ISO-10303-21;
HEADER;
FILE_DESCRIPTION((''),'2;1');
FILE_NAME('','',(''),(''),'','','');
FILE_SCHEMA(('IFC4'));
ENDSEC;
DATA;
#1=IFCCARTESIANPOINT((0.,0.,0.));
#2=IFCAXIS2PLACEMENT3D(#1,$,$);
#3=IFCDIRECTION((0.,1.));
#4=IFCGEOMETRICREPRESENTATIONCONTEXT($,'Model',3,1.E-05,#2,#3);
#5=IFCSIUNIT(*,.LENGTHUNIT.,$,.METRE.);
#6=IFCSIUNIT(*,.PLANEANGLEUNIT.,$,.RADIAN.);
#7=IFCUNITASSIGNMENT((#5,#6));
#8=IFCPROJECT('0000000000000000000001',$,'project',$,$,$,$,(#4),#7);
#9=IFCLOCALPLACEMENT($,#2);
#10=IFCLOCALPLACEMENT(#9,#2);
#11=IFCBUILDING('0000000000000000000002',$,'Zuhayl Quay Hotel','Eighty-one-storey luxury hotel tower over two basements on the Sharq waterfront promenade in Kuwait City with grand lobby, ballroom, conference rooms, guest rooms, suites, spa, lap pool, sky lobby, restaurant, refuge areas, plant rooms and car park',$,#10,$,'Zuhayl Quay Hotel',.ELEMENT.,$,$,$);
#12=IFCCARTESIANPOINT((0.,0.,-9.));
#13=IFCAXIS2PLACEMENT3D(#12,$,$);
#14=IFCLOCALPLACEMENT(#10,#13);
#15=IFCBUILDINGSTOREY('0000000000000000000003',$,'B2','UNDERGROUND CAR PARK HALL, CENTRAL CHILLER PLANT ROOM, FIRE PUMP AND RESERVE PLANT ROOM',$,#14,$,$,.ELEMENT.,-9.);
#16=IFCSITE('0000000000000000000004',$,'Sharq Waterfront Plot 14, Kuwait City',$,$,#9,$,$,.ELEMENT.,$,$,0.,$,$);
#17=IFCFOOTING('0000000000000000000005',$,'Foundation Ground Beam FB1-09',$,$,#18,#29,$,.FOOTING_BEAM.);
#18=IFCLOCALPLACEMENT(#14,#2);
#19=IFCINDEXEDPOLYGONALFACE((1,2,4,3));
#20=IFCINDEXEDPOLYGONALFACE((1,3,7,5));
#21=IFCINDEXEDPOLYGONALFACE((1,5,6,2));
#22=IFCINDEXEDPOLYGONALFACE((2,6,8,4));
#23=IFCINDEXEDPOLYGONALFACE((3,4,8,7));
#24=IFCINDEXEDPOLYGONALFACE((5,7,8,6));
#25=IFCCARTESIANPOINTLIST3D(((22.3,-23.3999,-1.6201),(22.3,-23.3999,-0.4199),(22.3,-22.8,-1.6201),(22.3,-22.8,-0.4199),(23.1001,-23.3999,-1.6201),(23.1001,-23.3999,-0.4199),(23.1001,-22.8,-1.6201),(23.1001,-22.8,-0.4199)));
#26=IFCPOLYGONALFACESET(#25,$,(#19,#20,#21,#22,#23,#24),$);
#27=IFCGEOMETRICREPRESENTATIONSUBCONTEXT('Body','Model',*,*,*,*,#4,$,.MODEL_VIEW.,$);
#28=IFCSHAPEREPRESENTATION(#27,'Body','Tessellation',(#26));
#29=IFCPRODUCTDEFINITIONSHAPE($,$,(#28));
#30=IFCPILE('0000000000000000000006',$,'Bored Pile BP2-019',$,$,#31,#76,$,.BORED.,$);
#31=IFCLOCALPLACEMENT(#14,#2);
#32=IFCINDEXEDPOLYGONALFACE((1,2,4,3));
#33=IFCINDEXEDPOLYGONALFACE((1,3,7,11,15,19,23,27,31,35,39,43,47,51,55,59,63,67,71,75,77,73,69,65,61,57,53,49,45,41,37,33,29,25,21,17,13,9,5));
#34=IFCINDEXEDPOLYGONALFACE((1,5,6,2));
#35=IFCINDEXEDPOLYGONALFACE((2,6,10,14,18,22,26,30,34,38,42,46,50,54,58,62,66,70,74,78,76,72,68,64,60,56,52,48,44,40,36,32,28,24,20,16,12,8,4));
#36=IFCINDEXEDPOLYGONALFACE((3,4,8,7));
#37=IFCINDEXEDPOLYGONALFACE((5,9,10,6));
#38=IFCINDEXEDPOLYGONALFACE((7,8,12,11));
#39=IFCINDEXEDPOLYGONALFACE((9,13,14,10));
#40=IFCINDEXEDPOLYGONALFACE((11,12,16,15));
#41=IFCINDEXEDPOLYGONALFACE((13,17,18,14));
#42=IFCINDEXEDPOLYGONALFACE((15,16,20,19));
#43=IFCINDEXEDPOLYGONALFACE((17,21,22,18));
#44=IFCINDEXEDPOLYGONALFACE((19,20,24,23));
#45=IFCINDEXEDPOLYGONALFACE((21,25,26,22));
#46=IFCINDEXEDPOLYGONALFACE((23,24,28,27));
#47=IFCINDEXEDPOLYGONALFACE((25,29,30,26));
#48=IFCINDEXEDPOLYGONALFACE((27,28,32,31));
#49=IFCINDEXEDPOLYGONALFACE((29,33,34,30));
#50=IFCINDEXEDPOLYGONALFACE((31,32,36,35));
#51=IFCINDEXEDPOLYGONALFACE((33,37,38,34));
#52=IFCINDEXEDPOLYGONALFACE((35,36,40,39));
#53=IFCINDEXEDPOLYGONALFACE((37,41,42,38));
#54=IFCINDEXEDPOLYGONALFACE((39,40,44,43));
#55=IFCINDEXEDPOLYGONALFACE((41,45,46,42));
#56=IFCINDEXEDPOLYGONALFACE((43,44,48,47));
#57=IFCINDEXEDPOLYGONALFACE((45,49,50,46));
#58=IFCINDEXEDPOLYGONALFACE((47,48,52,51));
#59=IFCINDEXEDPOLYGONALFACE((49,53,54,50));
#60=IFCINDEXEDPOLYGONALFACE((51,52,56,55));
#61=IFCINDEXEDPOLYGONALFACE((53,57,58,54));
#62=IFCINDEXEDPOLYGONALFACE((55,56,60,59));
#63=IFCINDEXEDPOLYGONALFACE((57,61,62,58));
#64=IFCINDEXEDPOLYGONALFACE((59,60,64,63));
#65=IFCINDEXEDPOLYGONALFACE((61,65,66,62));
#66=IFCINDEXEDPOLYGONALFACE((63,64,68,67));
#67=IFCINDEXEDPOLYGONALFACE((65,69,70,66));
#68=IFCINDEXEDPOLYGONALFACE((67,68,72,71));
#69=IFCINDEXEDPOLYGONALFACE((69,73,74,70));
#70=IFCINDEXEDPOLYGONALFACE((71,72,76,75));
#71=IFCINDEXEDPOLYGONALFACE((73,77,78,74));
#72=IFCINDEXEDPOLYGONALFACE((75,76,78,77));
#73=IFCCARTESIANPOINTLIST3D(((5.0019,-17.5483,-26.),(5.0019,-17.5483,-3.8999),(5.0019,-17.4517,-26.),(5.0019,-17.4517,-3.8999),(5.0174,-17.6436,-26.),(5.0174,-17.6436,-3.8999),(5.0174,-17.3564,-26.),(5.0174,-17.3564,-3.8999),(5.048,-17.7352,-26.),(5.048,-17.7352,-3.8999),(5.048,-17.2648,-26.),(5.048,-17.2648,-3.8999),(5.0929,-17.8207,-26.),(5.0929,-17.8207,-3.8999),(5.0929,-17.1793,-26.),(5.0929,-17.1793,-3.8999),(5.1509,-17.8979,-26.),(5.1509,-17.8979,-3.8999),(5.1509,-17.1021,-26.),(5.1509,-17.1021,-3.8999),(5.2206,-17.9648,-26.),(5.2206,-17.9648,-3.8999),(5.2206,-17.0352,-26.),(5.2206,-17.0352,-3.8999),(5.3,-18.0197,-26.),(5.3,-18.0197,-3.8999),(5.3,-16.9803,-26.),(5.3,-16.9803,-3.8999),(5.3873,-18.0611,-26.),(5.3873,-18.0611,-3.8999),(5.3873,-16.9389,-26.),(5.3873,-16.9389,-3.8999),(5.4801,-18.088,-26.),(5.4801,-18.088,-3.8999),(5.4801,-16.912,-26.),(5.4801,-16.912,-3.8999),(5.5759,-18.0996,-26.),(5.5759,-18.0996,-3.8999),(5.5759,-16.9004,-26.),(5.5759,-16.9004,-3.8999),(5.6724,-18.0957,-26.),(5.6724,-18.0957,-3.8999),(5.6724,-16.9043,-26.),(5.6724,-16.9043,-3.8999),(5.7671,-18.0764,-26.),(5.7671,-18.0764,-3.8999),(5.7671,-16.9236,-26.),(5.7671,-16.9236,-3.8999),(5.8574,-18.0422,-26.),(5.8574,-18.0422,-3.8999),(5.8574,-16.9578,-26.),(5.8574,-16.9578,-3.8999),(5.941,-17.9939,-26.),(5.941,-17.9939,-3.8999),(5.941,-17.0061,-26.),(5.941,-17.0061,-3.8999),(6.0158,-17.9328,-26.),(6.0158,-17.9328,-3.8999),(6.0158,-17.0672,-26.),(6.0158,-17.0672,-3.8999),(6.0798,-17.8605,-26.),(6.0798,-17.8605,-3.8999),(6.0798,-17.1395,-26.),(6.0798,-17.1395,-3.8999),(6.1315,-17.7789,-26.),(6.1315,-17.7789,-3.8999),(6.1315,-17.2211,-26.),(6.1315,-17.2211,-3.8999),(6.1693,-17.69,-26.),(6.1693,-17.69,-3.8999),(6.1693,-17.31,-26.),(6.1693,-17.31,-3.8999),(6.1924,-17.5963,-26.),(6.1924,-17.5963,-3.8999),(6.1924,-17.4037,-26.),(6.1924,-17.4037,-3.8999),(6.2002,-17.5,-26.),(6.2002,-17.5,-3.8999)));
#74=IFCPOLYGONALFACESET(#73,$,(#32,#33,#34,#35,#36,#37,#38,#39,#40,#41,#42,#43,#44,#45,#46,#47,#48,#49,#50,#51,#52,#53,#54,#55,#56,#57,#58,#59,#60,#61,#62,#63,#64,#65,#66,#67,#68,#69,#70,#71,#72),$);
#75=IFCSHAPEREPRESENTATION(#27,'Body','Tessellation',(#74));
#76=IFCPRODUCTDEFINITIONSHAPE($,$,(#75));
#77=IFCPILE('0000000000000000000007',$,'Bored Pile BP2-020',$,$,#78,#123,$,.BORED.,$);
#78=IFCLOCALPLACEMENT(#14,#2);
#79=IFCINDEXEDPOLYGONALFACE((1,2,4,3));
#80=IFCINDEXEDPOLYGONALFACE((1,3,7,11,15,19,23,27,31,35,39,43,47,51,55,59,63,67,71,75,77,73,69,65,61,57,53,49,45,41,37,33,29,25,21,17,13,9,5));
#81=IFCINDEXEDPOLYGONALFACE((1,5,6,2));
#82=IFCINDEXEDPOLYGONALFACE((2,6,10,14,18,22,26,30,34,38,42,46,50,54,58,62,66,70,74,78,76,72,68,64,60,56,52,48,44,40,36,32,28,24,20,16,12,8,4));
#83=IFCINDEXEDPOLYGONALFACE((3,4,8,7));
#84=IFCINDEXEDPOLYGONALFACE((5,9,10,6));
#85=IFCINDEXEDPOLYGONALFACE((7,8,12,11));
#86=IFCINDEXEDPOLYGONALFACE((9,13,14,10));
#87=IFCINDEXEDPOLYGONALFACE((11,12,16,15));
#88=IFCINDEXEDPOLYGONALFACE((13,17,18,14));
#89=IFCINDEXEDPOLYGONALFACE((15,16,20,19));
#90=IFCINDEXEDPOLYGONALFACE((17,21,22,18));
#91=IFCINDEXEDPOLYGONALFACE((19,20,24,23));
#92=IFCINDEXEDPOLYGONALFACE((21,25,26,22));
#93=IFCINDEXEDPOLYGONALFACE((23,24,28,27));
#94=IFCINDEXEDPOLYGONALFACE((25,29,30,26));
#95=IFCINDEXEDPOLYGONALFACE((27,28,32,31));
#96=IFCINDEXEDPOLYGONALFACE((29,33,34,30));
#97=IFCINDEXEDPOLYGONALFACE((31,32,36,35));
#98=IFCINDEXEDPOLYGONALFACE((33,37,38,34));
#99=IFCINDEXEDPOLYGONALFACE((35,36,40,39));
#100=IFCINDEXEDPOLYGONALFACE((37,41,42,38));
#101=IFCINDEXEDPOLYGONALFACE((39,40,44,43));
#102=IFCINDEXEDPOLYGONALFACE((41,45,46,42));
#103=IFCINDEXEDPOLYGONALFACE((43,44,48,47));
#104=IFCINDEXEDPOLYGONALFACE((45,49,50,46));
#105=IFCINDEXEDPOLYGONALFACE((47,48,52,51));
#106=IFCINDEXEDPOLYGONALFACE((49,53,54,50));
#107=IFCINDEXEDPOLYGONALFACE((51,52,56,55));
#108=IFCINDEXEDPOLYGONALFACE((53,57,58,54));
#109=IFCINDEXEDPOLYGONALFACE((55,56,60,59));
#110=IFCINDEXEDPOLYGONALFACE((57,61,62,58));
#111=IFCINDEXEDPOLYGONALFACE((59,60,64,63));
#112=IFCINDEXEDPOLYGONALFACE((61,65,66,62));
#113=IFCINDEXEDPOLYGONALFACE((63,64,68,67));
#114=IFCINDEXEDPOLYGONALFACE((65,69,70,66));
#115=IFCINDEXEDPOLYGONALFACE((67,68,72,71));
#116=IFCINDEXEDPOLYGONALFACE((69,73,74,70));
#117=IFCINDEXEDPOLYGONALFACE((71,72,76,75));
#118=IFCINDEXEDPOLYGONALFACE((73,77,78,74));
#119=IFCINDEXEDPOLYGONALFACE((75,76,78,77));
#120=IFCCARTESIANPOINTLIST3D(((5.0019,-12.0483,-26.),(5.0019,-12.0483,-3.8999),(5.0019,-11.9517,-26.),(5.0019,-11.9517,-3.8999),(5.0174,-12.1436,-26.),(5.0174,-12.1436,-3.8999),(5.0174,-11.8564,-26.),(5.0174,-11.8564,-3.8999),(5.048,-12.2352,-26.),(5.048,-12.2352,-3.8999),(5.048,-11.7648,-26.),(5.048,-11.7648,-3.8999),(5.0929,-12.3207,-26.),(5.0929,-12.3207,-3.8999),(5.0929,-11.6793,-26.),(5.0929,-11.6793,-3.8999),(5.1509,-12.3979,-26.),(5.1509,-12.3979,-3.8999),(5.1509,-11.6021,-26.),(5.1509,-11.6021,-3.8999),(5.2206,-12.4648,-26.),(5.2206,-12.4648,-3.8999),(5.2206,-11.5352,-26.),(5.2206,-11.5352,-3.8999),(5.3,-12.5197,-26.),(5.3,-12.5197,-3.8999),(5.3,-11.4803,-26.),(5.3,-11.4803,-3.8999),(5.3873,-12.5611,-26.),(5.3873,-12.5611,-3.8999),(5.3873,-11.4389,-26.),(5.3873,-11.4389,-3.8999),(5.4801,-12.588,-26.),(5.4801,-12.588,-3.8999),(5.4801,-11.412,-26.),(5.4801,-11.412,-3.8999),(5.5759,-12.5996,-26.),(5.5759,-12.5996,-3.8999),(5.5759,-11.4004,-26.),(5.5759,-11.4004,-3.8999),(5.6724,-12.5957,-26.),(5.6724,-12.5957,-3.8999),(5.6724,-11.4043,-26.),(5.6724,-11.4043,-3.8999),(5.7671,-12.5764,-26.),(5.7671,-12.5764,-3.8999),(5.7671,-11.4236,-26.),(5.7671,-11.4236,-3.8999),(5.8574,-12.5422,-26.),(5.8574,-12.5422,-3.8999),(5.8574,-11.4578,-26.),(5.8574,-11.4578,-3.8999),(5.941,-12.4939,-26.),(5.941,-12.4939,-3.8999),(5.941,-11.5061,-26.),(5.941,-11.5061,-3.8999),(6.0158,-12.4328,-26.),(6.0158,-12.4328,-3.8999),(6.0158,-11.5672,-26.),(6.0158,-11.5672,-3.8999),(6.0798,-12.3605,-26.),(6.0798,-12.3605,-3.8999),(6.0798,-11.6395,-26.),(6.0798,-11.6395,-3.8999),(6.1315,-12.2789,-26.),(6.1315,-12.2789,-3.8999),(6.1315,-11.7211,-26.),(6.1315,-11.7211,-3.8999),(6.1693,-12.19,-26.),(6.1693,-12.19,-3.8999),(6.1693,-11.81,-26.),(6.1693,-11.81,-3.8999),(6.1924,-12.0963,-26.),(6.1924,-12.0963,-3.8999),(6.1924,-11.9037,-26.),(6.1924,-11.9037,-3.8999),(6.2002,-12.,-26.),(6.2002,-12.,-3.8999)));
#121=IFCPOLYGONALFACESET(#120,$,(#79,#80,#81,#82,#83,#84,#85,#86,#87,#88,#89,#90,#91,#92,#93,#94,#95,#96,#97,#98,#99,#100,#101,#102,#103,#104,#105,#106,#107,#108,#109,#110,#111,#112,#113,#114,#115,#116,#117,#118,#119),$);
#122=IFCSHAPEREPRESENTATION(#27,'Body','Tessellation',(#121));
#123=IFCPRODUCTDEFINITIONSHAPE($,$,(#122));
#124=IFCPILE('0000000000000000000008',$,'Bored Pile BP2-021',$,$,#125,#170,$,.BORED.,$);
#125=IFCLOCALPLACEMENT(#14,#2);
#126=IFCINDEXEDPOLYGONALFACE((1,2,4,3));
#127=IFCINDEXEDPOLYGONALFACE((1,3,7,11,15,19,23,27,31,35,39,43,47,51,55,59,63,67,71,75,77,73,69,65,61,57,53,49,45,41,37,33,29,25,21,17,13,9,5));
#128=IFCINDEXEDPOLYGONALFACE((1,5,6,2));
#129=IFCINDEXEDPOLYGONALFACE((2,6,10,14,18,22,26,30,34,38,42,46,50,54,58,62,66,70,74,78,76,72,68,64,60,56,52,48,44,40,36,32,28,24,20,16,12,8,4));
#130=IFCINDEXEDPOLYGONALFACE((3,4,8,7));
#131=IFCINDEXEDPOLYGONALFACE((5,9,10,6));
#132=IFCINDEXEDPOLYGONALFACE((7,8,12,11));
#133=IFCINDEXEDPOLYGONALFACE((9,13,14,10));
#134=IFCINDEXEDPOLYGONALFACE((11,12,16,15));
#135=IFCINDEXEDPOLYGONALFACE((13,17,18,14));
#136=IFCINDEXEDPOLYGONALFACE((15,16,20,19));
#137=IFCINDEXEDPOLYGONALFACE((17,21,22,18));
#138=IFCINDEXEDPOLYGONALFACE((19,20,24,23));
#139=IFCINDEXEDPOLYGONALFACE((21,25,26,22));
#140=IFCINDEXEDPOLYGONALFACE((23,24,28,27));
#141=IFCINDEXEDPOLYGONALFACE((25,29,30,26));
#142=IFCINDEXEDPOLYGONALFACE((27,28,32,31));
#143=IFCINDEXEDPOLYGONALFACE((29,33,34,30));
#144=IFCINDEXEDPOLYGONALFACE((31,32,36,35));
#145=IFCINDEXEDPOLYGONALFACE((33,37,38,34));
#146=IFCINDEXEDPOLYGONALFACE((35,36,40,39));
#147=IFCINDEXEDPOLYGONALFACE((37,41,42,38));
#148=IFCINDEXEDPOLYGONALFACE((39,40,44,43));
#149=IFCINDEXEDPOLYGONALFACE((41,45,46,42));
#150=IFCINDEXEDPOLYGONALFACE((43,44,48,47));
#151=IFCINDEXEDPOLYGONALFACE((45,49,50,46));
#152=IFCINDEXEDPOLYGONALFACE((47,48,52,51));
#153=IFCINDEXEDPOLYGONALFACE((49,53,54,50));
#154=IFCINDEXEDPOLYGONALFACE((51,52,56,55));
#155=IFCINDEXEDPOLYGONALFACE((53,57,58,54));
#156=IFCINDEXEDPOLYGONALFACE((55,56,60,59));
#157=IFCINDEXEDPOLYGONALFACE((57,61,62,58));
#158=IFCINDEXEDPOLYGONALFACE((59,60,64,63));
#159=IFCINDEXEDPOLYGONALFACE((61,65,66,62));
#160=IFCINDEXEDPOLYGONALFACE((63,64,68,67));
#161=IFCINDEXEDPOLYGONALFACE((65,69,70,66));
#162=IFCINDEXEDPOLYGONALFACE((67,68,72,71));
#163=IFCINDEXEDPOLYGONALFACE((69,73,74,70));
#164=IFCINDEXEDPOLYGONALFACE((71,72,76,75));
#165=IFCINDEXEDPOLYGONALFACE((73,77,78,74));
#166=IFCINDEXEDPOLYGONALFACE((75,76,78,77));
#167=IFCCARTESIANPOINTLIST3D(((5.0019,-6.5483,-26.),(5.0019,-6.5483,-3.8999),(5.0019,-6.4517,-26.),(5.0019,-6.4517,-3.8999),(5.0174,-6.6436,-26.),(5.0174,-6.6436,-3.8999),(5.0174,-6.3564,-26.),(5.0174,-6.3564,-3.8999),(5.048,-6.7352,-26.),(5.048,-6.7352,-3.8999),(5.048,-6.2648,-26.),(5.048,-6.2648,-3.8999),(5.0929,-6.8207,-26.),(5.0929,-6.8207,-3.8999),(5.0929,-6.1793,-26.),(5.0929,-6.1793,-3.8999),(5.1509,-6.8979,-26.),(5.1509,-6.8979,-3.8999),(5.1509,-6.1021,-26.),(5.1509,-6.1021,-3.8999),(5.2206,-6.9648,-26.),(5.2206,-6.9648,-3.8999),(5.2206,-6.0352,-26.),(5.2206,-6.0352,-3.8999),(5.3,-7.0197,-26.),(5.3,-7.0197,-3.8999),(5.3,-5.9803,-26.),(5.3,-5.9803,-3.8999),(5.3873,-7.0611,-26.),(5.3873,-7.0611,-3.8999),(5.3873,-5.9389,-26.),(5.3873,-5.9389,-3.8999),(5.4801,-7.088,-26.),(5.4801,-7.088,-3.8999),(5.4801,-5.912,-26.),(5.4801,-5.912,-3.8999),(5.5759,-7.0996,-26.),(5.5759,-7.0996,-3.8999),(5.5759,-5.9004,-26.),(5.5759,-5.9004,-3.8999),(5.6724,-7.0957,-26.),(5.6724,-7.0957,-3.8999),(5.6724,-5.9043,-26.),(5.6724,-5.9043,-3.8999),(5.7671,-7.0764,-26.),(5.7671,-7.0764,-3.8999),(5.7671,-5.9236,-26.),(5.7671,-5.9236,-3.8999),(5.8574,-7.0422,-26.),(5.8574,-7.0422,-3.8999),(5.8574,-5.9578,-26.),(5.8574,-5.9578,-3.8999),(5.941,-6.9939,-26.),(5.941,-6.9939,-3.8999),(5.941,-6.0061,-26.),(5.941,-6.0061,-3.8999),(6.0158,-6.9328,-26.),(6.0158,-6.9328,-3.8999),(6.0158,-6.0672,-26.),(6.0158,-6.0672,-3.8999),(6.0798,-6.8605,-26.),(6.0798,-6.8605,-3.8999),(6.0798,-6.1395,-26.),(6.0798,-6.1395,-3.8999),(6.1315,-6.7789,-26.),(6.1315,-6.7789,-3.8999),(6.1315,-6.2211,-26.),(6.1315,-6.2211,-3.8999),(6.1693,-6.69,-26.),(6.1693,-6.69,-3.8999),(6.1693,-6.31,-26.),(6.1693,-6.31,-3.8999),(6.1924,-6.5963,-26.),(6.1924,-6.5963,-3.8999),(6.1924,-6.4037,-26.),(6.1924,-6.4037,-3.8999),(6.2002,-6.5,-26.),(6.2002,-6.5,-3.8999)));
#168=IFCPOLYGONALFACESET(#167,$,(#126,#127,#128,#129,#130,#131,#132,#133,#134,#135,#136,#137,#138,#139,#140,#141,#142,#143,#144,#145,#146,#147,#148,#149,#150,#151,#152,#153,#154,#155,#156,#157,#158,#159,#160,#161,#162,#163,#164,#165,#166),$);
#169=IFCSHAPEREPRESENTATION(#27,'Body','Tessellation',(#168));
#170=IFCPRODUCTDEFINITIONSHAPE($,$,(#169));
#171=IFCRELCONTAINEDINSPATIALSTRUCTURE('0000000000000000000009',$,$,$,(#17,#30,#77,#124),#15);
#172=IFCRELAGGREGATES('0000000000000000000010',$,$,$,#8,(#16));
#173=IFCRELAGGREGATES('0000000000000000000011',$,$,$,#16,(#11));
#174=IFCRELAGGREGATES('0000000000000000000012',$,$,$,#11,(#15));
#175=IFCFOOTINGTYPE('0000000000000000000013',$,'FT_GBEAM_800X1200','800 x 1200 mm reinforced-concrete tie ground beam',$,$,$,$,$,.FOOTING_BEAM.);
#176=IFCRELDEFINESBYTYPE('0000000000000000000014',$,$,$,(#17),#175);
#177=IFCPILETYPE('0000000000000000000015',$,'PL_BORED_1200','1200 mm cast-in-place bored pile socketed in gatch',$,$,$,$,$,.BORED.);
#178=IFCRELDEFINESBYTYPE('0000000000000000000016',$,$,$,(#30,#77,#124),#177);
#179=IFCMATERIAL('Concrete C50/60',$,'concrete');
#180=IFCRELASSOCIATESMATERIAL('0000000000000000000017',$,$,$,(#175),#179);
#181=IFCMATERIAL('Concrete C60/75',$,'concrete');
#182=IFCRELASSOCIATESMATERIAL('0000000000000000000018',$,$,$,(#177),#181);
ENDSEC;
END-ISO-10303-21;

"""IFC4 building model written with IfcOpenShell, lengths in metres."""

from ifc_helpers import new_model, si_unit, direction, frame, origin, origin_2d, place, context, subcontext, project, spatial, polyline, circle, outline, extrude, material, material_profile, profile_set, type_object, element, save


model = new_model("IFC4")

# Units and contexts
model_context = context("Model", 3, precision=1e-05, world=origin(), true_north=direction((0.0, 1.0)))
body_context = subcontext(model_context, "Body", "Model", "MODEL_VIEW")
ifc_project = project(units=[si_unit("LENGTHUNIT", "METRE"), si_unit("PLANEANGLEUNIT", "RADIAN")], contexts=[model_context])

# Site, building, storey
site_placement = place(None, origin())
site = spatial("IfcSite", under=ifc_project, at=site_placement, Name="Sharq Waterfront Plot 14, Kuwait City", CompositionType="ELEMENT", RefElevation=0.0)
building_placement = place(site_placement, origin())
building = spatial("IfcBuilding", under=site, at=building_placement, Name="Zuhayl Quay Hotel", Description="Eighty-one-storey luxury hotel tower over two basements on the Sharq waterfront promenade in Kuwait City with grand lobby, ballroom, conference rooms, guest rooms, suites, spa, lap pool, sky lobby, restaurant, refuge areas, plant rooms and car park", LongName="Zuhayl Quay Hotel", CompositionType="ELEMENT")
storey_placement = place(building_placement, frame((0.0, 0.0, -9.0)))
storey = spatial("IfcBuildingStorey", under=building, at=storey_placement, Name="B2", Description="UNDERGROUND CAR PARK HALL, CENTRAL CHILLER PLANT ROOM, FIRE PUMP AND RESERVE PLANT ROOM", CompositionType="ELEMENT", Elevation=-9.0)

# Footing
ifc_material_1 = material(Name="Concrete C50/60", Category="concrete")
footing_type = type_object("IfcFootingType", Name="FT_GBEAM_800X1200", Description="800 x 1200 mm reinforced-concrete tie ground beam", PredefinedType="FOOTING_BEAM", material=ifc_material_1)
footing_placement = place(storey_placement, frame((0.0, 0.0, -1.6201)))
element("IfcFooting", 1, at=footing_placement, inside=storey, type_object=footing_type, Name="Foundation Ground Beam FB1-09", PredefinedType="FOOTING_BEAM", context=body_context, shape_type="SweptSolid", body=[
    extrude(outline(polyline([(22.3, -23.3999), (23.1001, -23.3999), (23.1001, -22.8), (22.3, -22.8), (22.3, -23.3999)])), origin(), (0.0, 0.0, 1.0), 1.2002),
])

# Piles
ifc_material_2 = material(Name="Concrete C60/75", Category="concrete")
ifc_material_profile_1 = material_profile(ifc_material_2, circle(Radius=0.6001, at=origin_2d()), Name="PILE1200")
ifc_profile_set_1 = profile_set([ifc_material_profile_1], Name="Concrete C60/75")
pile_type = type_object("IfcPileType", Name="PL_BORED_1200", Description="1200 mm cast-in-place bored pile socketed in gatch", PredefinedType="BORED", material=ifc_profile_set_1)
for number, where, z_axis, x_axis, name in (
    (2, (5.6001, -17.5, -3.8999), (0.0, 0.0, -1.0), (1.0, 0.0, 0.0), "Bored Pile BP2-019"),
    (3, (5.6001, -12.0, -3.8999), (0.0, 0.0, -1.0), (1.0, 0.0, 0.0), "Bored Pile BP2-020"),
    (4, (5.6001, -6.5, -3.8999), (0.0, 0.0, -1.0), (1.0, 0.0, 0.0), "Bored Pile BP2-021"),
):
    element("IfcPile", number, at=place(storey_placement, frame(where, z_axis=z_axis, x_axis=x_axis)), inside=storey, type_object=pile_type, Name=name, PredefinedType="BORED", context=body_context, shape_type="SweptSolid", body=[
        extrude(circle(Radius=0.6001, at=origin_2d()), origin(), (0.0, 0.0, 1.0), 22.1001),
    ])

save(model, "model.ifc")
